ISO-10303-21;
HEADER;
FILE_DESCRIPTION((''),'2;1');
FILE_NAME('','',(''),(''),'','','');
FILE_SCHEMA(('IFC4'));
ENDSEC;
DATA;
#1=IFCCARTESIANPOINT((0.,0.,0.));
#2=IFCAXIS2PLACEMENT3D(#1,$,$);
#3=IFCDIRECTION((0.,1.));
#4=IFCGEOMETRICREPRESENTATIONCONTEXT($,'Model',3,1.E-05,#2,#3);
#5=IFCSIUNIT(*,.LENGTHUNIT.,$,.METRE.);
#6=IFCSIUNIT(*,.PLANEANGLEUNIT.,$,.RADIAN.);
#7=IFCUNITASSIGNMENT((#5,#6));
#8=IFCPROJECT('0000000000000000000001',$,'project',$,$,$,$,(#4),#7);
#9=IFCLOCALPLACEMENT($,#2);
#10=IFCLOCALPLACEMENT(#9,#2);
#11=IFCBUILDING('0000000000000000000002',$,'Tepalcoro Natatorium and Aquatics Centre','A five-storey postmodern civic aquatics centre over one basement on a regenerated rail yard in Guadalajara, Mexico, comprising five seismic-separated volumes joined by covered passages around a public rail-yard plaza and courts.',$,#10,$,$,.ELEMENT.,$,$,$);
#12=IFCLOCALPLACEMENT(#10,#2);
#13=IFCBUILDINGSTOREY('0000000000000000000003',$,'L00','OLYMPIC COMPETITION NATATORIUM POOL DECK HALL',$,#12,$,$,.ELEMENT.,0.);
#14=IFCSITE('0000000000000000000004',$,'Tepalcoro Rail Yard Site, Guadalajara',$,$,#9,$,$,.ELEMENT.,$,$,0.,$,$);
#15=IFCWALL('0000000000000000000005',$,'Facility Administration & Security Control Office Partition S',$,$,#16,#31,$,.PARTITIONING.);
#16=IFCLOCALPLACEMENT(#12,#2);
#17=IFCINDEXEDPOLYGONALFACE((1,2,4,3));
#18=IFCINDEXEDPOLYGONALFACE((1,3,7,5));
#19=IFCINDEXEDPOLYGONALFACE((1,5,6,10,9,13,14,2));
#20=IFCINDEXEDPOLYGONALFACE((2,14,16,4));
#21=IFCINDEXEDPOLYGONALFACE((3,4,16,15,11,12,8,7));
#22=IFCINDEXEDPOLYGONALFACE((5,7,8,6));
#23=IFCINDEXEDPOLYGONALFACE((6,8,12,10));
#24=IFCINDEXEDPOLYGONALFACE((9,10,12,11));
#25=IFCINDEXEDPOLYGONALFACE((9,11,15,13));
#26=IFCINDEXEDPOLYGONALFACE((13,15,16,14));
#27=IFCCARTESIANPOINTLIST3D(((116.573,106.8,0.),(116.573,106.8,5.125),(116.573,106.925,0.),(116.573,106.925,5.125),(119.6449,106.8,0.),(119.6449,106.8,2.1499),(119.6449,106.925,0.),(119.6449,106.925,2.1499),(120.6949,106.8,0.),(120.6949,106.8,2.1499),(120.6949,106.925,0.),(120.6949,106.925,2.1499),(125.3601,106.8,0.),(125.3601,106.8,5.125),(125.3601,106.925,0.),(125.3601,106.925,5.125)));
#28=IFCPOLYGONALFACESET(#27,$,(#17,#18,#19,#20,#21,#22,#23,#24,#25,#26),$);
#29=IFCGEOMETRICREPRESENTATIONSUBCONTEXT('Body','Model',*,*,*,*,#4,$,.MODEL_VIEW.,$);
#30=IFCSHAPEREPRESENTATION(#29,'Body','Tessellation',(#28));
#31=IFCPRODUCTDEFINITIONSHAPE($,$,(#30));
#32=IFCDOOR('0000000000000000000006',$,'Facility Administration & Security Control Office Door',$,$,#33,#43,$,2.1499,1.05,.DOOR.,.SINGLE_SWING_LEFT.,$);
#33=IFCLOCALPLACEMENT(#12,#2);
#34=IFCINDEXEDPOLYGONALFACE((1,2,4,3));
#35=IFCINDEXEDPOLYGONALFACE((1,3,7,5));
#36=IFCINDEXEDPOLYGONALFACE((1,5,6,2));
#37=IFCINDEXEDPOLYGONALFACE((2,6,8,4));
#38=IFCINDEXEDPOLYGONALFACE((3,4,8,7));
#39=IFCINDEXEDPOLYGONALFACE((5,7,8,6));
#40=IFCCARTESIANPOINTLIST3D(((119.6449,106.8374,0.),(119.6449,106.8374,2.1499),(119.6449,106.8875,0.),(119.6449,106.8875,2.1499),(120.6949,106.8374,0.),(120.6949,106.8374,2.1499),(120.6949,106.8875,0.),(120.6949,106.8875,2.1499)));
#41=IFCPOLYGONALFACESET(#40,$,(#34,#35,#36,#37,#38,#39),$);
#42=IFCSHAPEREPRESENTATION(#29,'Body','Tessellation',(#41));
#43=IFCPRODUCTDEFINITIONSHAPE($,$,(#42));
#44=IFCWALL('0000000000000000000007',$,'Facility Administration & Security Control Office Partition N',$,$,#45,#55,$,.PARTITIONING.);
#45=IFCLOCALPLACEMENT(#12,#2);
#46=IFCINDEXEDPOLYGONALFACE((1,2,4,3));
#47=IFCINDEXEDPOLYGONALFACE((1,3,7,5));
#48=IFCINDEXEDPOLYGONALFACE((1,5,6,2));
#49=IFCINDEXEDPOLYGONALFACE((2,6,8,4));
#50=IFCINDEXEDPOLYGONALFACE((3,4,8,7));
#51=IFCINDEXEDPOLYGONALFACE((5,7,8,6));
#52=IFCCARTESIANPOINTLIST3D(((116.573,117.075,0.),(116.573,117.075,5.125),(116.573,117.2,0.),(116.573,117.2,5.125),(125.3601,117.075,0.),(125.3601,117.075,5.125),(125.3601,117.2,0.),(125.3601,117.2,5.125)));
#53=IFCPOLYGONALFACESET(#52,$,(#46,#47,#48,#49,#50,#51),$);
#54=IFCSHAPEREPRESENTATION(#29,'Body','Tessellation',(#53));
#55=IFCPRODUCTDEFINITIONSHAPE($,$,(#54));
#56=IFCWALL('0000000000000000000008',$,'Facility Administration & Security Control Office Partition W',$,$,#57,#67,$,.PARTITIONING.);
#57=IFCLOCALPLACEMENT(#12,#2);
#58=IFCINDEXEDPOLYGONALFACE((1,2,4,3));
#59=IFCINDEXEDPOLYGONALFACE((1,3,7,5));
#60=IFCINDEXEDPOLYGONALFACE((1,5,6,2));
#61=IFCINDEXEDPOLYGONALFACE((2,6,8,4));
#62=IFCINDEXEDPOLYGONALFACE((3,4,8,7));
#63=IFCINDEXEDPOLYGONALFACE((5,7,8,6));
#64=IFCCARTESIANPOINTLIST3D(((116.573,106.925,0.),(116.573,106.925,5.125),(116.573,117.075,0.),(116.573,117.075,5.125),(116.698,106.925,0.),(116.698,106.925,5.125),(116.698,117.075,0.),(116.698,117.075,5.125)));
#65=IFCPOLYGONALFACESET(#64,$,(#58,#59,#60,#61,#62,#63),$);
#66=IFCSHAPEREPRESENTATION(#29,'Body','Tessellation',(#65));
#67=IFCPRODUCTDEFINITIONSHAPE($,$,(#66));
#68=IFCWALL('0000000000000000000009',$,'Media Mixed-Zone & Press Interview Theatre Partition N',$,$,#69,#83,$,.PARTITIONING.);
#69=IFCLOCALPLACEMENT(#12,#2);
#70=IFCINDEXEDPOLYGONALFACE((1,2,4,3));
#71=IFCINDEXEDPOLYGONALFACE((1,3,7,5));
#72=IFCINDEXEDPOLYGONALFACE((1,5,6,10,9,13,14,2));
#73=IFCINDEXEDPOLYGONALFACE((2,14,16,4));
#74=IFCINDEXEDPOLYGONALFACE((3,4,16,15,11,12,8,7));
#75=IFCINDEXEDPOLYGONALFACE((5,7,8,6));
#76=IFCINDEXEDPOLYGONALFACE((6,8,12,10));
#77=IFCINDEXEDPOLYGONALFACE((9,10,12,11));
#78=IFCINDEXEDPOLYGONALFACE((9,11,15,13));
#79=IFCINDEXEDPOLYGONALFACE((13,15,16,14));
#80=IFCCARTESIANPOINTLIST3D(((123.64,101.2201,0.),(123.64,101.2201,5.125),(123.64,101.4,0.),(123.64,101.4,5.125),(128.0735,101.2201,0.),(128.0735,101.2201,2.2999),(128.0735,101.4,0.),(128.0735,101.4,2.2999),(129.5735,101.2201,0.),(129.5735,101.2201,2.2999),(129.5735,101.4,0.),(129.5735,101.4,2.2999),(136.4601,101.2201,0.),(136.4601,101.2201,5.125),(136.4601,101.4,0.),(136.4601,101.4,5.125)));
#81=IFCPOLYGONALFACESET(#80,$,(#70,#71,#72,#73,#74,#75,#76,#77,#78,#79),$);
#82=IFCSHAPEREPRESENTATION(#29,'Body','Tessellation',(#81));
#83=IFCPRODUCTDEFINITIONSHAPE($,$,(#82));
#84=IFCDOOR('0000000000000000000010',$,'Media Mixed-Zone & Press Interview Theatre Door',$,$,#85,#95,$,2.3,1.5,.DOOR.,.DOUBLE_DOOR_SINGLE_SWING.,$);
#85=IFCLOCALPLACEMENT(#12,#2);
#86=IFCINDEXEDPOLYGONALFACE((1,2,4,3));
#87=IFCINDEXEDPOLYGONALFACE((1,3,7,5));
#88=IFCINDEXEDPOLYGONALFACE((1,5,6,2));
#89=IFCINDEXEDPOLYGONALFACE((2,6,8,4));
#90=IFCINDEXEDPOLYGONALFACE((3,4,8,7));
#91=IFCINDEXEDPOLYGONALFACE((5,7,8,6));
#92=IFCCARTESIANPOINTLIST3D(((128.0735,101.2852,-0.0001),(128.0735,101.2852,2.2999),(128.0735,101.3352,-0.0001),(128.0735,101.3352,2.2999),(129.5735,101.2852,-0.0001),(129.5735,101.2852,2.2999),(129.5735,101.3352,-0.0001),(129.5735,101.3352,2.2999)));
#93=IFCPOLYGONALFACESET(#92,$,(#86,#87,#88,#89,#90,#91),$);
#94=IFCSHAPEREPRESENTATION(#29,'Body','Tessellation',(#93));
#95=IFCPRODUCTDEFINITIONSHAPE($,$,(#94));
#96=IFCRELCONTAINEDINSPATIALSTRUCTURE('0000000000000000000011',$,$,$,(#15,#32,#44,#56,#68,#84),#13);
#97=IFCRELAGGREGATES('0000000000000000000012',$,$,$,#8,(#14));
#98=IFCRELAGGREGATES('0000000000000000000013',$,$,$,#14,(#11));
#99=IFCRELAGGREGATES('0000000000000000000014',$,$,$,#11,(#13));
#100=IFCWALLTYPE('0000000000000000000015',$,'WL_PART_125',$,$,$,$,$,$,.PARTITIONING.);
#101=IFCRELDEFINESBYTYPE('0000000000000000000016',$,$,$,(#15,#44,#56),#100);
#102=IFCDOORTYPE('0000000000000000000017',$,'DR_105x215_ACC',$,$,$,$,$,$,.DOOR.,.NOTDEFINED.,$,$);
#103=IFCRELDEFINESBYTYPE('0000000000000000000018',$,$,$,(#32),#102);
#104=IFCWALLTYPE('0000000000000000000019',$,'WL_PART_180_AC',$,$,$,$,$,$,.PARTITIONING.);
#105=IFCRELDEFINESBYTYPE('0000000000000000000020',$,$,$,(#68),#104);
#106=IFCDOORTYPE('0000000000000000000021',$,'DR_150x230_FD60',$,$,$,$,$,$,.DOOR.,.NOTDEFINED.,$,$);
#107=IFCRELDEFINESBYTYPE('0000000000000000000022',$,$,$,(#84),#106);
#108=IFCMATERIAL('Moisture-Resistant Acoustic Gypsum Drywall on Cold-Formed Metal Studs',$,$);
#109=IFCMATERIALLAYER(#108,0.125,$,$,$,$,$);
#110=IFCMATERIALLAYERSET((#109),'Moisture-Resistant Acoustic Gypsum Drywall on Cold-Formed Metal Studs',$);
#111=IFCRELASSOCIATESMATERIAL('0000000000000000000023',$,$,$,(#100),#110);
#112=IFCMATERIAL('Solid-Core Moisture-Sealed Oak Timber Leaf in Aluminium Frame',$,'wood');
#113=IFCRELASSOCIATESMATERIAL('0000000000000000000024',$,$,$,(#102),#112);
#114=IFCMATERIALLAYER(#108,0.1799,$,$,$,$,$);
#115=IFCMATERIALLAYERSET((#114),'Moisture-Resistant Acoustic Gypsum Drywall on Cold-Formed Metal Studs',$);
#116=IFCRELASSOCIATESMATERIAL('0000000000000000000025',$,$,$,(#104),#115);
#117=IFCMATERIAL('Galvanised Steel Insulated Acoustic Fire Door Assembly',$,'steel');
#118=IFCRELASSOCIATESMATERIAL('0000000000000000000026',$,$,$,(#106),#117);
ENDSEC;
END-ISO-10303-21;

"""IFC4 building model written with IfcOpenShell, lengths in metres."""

from ifc_helpers import new_model, si_unit, direction, frame, frame_2d, origin, place, context, subcontext, project, spatial, rectangle, extrude, material, layer, layer_set, type_object, element, fill, save


model = new_model("IFC4")

# Units and contexts
model_context = context("Model", 3, precision=1e-05, world=origin(), true_north=direction((0.0, 1.0)))
body_context = subcontext(model_context, "Body", "Model", "MODEL_VIEW")
ifc_project = project(units=[si_unit("LENGTHUNIT", "METRE"), si_unit("PLANEANGLEUNIT", "RADIAN")], contexts=[model_context])

# Site, building, storey
site_placement = place(None, origin())
site = spatial("IfcSite", under=ifc_project, at=site_placement, Name="Tepalcoro Rail Yard Site, Guadalajara", CompositionType="ELEMENT", RefElevation=0.0)
building_placement = place(site_placement, origin())
building = spatial("IfcBuilding", under=site, at=building_placement, Name="Tepalcoro Natatorium and Aquatics Centre", Description="A five-storey postmodern civic aquatics centre over one basement on a regenerated rail yard in Guadalajara, Mexico, comprising five seismic-separated volumes joined by covered passages around a public rail-yard plaza and courts.", CompositionType="ELEMENT")
storey_placement = place(building_placement, origin())
storey = spatial("IfcBuildingStorey", under=building, at=storey_placement, Name="L00", Description="OLYMPIC COMPETITION NATATORIUM POOL DECK HALL", CompositionType="ELEMENT", Elevation=0.0)

# Wall, opening, door
ifc_material_1 = material(Name="Moisture-Resistant Acoustic Gypsum Drywall on Cold-Formed Metal Studs")
ifc_layer_1 = layer(ifc_material_1, 0.125)
ifc_layer_set_1 = layer_set([ifc_layer_1], Name="Moisture-Resistant Acoustic Gypsum Drywall on Cold-Formed Metal Studs")
wall_type_1 = type_object("IfcWallType", Name="WL_PART_125", PredefinedType="PARTITIONING", material=ifc_layer_set_1)
wall_1_placement = place(storey_placement, frame((116.573, 106.8625, 0.0), z_axis=(0.0, 0.0, 1.0), x_axis=(1.0, 0.0, 0.0)))
wall_1 = element("IfcWall", 1, at=wall_1_placement, inside=storey, type_object=wall_type_1, Name="Facility Administration & Security Control Office Partition S", PredefinedType="PARTITIONING", context=body_context, shape_type="SweptSolid", body=[
    extrude(rectangle(XDim=8.7871, YDim=0.125, at=frame_2d((4.3936, 0.0))), origin(), (0.0, 0.0, 1.0), 5.125),
])
opening_1_placement = place(wall_1_placement, frame((3.072, 0.0, 0.0)))
opening_1 = element("IfcOpeningElement", 2, at=opening_1_placement, cuts=wall_1, PredefinedType="OPENING", context=body_context, shape_type="SweptSolid", body=[
    extrude(rectangle(XDim=1.05, YDim=2.1499, at=frame_2d((0.5249, 1.075))), frame((0.0, 0.0745, 0.0), z_axis=(0.0, -1.0, 0.0), x_axis=(1.0, 0.0, 0.0)), (0.0, 0.0, 1.0), 0.1489),
])
ifc_material_2 = material(Name="Solid-Core Moisture-Sealed Oak Timber Leaf in Aluminium Frame", Category="wood")
door_type_1 = type_object("IfcDoorType", Name="DR_105x215_ACC", OperationType="NOTDEFINED", PredefinedType="DOOR", material=ifc_material_2)
door_1_placement = place(opening_1_placement, origin())
door_1 = element("IfcDoor", 3, at=door_1_placement, inside=storey, type_object=door_type_1, Name="Facility Administration & Security Control Office Door", OperationType="SINGLE_SWING_LEFT", OverallHeight=2.1499, OverallWidth=1.05, PredefinedType="DOOR", context=body_context, shape_type="SweptSolid", body=[
    extrude(rectangle(XDim=1.05, YDim=2.1499, at=frame_2d((0.5249, 1.075))), frame((0.0, 0.0249, 0.0), z_axis=(0.0, -1.0, 0.0), x_axis=(1.0, 0.0, 0.0)), (0.0, 0.0, 1.0), 0.05),
])
fill(opening_1, door_1)

# Walls
wall_2_placement = place(storey_placement, frame((116.573, 117.1375, 0.0), z_axis=(0.0, 0.0, 1.0), x_axis=(1.0, 0.0, 0.0)))
element("IfcWall", 4, at=wall_2_placement, inside=storey, type_object=wall_type_1, Name="Facility Administration & Security Control Office Partition N", PredefinedType="PARTITIONING", context=body_context, shape_type="SweptSolid", body=[
    extrude(rectangle(XDim=8.7871, YDim=0.125, at=frame_2d((4.3936, 0.0))), origin(), (0.0, 0.0, 1.0), 5.125),
])
wall_3_placement = place(storey_placement, frame((116.6355, 106.925, 0.0), z_axis=(0.0, 0.0, 1.0), x_axis=(0.0, 1.0, 0.0)))
element("IfcWall", 5, at=wall_3_placement, inside=storey, type_object=wall_type_1, Name="Facility Administration & Security Control Office Partition W", PredefinedType="PARTITIONING", context=body_context, shape_type="SweptSolid", body=[
    extrude(rectangle(XDim=10.1499, YDim=0.125, at=frame_2d((5.075, 0.0))), origin(), (0.0, 0.0, 1.0), 5.125),
])

# Wall, opening, door
ifc_layer_2 = layer(ifc_material_1, 0.1799)
ifc_layer_set_2 = layer_set([ifc_layer_2], Name="Moisture-Resistant Acoustic Gypsum Drywall on Cold-Formed Metal Studs")
wall_type_2 = type_object("IfcWallType", Name="WL_PART_180_AC", PredefinedType="PARTITIONING", material=ifc_layer_set_2)
wall_4_placement = place(storey_placement, frame((123.6399, 101.3101, 0.0), z_axis=(0.0, 0.0, 1.0), x_axis=(1.0, 0.0, 0.0)))
wall_4 = element("IfcWall", 6, at=wall_4_placement, inside=storey, type_object=wall_type_2, Name="Media Mixed-Zone & Press Interview Theatre Partition N", PredefinedType="PARTITIONING", context=body_context, shape_type="SweptSolid", body=[
    extrude(rectangle(XDim=12.8201, YDim=0.1799, at=frame_2d((6.4102, 0.0))), origin(), (0.0, 0.0, 1.0), 5.125),
])
opening_2_placement = place(wall_4_placement, frame((4.4336, 0.0, 0.0)))
opening_2 = element("IfcOpeningElement", 7, at=opening_2_placement, cuts=wall_4, PredefinedType="OPENING", context=body_context, shape_type="SweptSolid", body=[
    extrude(rectangle(XDim=1.5, YDim=2.3, at=frame_2d((0.75, 1.1499))), frame((0.0, 0.1021, 0.0), z_axis=(0.0, -1.0, 0.0), x_axis=(1.0, 0.0, 0.0)), (0.0, 0.0, 1.0), 0.2039),
])
ifc_material_3 = material(Name="Galvanised Steel Insulated Acoustic Fire Door Assembly", Category="steel")
door_type_2 = type_object("IfcDoorType", Name="DR_150x230_FD60", OperationType="NOTDEFINED", PredefinedType="DOOR", material=ifc_material_3)
door_2_placement = place(opening_2_placement, frame((1.5, 0.0, 0.0), z_axis=(0.0, 0.0, 1.0), x_axis=(-1.0, 0.0, 0.0)))
door_2 = element("IfcDoor", 8, at=door_2_placement, inside=storey, type_object=door_type_2, Name="Media Mixed-Zone & Press Interview Theatre Door", OperationType="DOUBLE_DOOR_SINGLE_SWING", OverallHeight=2.3, OverallWidth=1.5, PredefinedType="DOOR", context=body_context, shape_type="SweptSolid", body=[
    extrude(rectangle(XDim=1.5, YDim=2.3, at=frame_2d((0.75, 1.1499))), frame((0.0, 0.0249, 0.0), z_axis=(0.0, -1.0, 0.0), x_axis=(1.0, 0.0, 0.0)), (0.0, 0.0, 1.0), 0.05),
])
fill(opening_2, door_2)

save(model, "model.ifc")
